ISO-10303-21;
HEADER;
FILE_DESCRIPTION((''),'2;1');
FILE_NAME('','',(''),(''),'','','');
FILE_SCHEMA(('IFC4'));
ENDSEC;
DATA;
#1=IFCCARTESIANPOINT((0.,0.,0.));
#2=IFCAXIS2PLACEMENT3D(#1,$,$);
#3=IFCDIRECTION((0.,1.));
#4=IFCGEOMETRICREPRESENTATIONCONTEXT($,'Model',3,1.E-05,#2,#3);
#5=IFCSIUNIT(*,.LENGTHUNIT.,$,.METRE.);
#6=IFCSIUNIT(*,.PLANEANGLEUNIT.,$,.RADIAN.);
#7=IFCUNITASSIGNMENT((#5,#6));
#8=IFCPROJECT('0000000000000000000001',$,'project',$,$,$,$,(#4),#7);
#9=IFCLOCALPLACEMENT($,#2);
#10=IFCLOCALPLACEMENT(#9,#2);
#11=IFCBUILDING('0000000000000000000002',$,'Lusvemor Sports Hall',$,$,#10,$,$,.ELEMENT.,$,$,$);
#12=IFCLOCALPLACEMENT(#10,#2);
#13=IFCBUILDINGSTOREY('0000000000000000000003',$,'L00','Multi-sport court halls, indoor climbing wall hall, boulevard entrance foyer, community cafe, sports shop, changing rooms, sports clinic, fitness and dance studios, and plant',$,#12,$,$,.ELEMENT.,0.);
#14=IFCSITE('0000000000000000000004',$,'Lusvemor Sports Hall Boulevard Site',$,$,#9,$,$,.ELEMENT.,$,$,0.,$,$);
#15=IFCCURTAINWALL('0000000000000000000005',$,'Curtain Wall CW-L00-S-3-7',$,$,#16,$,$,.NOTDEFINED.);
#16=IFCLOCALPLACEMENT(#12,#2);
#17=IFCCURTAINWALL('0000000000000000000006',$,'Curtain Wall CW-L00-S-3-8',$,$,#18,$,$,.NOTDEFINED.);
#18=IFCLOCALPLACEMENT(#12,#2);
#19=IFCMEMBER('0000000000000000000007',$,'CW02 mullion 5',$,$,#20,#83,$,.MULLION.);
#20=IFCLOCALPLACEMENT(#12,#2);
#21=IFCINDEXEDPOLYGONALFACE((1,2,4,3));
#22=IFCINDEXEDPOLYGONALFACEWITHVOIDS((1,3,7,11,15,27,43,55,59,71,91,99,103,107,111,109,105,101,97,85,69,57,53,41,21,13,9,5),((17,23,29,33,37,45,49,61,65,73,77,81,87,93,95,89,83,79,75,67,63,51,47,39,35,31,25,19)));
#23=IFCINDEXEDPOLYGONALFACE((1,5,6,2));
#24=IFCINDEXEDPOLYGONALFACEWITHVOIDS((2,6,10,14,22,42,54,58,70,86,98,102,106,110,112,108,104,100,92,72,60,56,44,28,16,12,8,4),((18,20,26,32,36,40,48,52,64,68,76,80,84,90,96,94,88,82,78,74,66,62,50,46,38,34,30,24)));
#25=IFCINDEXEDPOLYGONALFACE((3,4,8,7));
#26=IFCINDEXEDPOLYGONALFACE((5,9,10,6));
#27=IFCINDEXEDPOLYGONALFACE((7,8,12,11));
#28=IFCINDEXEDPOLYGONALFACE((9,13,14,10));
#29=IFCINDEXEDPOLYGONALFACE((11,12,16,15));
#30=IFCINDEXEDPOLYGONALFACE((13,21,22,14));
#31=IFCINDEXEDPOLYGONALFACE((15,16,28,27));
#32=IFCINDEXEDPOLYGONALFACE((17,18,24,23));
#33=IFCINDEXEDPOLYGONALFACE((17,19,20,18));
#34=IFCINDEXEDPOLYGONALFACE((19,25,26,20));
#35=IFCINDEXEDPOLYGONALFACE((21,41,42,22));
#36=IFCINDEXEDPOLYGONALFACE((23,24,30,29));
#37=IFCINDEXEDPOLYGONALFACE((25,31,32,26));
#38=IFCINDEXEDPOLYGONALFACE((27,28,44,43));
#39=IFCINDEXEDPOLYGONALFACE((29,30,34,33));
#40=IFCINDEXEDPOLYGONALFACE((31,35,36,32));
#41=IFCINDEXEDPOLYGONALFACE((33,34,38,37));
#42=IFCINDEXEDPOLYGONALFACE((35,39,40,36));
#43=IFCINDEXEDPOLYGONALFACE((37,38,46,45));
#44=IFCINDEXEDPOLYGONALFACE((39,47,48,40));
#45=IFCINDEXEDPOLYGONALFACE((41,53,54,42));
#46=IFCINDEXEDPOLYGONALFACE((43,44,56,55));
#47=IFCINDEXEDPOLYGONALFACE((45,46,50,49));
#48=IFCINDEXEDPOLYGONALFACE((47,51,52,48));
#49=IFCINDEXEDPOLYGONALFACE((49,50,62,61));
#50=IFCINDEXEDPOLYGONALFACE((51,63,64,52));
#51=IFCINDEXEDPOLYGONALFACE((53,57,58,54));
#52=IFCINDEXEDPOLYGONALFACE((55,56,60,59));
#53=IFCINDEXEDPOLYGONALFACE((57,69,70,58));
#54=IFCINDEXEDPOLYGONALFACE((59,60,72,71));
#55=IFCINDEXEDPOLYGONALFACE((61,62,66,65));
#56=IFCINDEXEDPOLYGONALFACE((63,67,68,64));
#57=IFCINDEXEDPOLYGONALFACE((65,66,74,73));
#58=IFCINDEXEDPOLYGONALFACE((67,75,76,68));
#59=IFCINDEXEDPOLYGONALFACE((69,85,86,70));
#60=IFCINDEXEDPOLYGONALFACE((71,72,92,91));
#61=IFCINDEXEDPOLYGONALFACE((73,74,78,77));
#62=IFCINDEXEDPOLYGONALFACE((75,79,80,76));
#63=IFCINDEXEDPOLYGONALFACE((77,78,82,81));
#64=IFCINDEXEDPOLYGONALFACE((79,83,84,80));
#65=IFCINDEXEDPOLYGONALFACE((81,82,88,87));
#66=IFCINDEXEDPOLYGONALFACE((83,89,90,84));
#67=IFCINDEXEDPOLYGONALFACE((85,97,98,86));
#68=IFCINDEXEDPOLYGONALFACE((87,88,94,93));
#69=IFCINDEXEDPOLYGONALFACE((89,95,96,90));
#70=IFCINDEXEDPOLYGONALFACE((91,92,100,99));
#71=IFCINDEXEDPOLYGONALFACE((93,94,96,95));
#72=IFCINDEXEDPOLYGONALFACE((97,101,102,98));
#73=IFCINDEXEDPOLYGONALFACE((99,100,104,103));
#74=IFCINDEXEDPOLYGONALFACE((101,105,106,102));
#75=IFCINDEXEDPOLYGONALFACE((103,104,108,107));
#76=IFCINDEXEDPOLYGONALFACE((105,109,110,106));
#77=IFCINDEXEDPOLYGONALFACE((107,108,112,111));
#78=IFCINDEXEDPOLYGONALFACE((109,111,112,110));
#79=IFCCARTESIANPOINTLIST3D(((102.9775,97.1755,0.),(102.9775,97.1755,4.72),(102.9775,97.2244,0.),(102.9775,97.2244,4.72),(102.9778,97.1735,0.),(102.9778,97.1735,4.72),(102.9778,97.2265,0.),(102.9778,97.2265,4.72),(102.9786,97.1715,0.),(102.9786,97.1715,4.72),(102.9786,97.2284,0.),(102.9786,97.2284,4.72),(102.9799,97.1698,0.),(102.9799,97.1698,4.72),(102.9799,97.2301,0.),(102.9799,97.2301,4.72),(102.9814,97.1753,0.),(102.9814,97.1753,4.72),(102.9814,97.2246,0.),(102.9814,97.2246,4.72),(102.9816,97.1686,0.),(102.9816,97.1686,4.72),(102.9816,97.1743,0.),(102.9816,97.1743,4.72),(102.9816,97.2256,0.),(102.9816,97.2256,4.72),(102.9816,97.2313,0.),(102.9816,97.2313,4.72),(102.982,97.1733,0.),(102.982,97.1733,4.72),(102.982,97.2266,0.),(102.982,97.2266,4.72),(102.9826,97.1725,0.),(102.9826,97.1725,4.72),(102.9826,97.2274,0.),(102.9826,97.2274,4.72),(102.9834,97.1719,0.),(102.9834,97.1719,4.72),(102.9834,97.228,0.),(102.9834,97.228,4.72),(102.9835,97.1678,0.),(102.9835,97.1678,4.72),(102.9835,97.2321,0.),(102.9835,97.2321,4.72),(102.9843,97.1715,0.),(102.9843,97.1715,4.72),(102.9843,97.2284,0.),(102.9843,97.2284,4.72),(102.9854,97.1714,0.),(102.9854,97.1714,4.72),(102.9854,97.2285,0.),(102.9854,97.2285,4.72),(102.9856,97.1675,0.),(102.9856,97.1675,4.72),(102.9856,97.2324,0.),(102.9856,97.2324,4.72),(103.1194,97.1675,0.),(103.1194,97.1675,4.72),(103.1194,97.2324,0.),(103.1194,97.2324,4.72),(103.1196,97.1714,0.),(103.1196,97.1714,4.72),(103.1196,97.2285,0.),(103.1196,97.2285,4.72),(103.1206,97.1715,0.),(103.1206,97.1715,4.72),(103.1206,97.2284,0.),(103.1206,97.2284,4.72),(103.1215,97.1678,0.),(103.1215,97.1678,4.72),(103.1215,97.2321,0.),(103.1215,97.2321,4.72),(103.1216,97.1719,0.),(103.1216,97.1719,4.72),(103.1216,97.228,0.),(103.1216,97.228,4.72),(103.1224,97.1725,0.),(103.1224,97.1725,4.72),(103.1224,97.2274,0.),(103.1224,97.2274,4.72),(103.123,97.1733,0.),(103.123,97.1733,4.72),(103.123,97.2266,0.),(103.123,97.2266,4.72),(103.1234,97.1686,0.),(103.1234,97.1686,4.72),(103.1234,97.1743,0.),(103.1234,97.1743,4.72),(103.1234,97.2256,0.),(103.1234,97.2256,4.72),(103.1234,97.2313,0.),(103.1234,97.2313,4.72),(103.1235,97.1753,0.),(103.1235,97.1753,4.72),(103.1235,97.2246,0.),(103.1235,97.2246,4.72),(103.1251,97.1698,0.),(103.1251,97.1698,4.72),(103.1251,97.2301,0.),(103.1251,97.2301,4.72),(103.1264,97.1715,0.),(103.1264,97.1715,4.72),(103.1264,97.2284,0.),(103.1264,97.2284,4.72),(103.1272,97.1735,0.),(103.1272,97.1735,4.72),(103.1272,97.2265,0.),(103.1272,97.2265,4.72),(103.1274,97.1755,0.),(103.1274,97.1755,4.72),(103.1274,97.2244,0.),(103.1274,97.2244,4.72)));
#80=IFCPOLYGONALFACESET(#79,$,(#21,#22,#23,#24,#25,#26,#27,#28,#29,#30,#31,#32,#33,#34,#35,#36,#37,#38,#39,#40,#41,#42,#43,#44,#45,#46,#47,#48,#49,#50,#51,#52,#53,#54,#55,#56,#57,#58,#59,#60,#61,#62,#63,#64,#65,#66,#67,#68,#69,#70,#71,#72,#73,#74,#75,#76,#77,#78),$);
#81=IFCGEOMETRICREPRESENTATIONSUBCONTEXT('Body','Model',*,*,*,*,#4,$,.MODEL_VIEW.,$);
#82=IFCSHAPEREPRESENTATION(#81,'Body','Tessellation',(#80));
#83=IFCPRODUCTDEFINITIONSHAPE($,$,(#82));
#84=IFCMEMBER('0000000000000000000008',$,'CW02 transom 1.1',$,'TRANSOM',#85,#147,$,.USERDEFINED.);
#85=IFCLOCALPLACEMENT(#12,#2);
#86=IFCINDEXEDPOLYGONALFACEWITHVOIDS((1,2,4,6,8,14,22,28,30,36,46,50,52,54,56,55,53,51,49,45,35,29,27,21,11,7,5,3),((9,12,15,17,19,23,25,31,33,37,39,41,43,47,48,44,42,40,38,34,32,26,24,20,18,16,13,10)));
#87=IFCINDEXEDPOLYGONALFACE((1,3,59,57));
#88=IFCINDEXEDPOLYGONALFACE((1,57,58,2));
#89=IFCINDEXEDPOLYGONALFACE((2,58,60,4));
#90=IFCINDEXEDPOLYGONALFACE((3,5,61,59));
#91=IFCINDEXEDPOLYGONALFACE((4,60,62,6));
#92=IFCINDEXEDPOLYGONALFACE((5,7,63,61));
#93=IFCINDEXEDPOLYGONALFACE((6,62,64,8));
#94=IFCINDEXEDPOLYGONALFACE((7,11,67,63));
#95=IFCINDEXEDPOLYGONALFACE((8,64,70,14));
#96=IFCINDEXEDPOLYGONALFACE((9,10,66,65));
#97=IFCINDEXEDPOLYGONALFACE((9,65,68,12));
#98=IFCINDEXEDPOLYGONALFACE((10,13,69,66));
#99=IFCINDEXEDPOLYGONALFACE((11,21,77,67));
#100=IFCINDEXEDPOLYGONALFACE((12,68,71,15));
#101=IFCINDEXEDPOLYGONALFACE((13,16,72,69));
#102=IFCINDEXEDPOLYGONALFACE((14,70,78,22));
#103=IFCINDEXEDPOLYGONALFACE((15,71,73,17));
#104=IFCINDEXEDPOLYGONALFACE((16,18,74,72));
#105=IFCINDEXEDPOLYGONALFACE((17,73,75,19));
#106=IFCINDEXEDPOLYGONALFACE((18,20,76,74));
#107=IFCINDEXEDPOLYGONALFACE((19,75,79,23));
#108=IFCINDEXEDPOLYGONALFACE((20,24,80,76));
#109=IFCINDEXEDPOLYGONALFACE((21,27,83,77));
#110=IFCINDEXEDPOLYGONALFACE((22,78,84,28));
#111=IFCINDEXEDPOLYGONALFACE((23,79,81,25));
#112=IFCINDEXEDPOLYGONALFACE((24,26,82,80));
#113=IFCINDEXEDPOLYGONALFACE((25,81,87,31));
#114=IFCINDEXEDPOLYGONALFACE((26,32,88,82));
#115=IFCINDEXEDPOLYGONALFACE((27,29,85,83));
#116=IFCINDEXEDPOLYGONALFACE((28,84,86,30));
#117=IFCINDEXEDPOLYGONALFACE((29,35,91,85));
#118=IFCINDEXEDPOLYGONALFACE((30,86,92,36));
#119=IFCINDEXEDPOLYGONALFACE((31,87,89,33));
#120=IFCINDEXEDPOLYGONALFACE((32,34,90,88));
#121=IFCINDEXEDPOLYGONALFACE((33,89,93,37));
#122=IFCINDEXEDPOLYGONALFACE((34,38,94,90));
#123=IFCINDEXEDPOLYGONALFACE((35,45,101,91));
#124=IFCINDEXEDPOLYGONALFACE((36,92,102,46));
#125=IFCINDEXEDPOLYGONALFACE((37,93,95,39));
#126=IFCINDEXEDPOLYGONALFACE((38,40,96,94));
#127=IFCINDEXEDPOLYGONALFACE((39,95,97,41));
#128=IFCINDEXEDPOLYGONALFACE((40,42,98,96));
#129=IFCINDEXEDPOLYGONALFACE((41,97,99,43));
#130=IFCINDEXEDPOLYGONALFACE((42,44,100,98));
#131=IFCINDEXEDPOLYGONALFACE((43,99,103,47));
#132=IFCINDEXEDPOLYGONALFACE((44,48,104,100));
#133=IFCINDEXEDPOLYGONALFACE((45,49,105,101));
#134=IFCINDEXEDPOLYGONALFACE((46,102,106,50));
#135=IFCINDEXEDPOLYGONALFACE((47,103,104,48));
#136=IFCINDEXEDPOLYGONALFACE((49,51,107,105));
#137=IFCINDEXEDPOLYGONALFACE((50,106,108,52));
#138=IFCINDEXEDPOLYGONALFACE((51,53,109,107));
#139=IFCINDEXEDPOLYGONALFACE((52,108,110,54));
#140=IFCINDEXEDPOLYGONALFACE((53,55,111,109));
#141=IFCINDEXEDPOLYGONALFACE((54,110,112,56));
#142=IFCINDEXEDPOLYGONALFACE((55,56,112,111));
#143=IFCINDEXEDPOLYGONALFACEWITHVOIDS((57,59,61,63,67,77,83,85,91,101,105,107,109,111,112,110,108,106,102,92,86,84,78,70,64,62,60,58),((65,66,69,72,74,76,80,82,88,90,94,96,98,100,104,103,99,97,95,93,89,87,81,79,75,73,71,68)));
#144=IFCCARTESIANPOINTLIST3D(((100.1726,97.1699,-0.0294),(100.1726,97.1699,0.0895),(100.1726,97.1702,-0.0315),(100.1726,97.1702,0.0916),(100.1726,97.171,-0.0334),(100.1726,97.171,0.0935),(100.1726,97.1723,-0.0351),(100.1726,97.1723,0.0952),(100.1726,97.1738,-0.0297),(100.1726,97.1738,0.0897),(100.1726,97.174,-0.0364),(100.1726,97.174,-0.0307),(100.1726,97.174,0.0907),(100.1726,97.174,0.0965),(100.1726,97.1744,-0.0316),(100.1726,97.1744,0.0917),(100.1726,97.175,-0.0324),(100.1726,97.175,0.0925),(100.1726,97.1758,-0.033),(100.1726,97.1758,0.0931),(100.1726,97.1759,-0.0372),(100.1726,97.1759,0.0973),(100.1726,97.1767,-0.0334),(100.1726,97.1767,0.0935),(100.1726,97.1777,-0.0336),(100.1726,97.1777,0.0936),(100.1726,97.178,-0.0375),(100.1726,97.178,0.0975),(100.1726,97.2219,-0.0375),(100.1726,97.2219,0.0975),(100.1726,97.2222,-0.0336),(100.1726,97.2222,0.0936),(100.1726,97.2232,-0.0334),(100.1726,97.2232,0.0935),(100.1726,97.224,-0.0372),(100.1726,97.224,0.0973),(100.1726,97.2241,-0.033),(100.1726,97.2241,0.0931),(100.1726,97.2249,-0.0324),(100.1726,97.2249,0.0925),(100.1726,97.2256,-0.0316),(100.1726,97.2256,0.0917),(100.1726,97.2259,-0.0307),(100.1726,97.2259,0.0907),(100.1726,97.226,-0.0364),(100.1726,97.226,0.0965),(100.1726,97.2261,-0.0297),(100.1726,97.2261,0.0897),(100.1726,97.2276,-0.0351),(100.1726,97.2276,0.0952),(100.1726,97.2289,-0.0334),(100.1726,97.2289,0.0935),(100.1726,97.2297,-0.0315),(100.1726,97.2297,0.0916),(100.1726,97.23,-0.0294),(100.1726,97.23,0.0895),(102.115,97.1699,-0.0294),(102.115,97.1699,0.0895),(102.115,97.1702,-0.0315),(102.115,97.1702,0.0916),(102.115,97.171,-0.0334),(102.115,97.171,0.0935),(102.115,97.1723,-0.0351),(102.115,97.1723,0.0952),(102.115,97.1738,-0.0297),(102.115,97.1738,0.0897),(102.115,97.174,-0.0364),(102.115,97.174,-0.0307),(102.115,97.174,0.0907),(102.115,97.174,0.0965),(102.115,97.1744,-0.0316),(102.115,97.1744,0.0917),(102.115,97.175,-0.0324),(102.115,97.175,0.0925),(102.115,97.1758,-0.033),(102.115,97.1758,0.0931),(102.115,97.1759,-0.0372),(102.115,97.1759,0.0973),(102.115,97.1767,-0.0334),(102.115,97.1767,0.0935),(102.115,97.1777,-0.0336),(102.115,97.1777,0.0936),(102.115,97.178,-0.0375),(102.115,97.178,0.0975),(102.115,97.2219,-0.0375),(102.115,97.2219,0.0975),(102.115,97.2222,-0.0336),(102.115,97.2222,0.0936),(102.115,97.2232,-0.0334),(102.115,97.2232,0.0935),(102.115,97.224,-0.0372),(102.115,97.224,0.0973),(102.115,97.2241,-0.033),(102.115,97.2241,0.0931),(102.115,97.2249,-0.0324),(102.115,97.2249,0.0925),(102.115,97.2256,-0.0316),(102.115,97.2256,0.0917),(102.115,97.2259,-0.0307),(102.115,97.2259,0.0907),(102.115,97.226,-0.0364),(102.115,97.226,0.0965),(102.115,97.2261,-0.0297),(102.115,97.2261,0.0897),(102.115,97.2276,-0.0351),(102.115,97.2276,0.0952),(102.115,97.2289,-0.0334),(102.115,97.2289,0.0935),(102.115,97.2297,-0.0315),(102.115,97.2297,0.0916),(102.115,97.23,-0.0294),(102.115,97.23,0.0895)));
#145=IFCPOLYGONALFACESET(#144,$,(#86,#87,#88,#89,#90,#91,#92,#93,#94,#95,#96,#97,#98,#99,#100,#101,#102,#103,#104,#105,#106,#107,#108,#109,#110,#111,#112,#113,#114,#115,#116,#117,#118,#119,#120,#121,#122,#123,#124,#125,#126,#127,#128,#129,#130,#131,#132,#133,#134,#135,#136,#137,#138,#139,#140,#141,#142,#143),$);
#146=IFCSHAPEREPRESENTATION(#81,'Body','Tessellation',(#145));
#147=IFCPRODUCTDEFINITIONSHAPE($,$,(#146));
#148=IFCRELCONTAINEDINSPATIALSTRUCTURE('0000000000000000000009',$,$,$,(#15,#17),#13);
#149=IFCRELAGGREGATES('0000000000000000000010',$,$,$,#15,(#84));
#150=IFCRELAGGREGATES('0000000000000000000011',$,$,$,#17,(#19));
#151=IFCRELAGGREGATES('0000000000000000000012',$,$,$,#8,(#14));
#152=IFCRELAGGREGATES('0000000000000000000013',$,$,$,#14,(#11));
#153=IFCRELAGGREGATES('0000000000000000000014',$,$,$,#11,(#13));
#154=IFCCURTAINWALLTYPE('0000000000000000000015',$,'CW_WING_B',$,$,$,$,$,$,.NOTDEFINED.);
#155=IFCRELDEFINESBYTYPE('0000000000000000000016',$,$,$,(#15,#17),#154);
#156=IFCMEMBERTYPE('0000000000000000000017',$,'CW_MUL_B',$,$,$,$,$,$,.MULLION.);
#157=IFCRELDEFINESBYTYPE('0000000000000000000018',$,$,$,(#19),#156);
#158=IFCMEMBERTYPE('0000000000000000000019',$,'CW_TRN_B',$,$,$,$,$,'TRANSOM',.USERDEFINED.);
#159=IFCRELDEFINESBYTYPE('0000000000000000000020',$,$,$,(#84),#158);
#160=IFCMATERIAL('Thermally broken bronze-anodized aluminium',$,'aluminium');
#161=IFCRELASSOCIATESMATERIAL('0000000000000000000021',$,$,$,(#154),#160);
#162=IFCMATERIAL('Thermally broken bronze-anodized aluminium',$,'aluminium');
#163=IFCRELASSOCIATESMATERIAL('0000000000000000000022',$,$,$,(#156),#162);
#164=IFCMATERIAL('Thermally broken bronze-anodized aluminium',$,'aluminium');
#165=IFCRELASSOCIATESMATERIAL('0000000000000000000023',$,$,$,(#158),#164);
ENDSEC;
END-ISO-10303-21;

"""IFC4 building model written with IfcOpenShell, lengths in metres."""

from ifc_helpers import new_model, si_unit, direction, frame, origin, origin_2d, place, context, subcontext, project, spatial, hollow_rectangle, extrude, material, material_profile, profile_set, type_object, element, aggregate, save


model = new_model("IFC4")

# Units and contexts
model_context = context("Model", 3, precision=1e-05, world=origin(), true_north=direction((0.0, 1.0)))
body_context = subcontext(model_context, "Body", "Model", "MODEL_VIEW")
ifc_project = project(units=[si_unit("LENGTHUNIT", "METRE"), si_unit("PLANEANGLEUNIT", "RADIAN")], contexts=[model_context])

# Site, building, storey
site_placement = place(None, origin())
site = spatial("IfcSite", under=ifc_project, at=site_placement, Name="Lusvemor Sports Hall Boulevard Site", CompositionType="ELEMENT", RefElevation=0.0)
building_placement = place(site_placement, origin())
building = spatial("IfcBuilding", under=site, at=building_placement, Name="Lusvemor Sports Hall", CompositionType="ELEMENT")
storey_placement = place(building_placement, origin())
storey = spatial("IfcBuildingStorey", under=building, at=storey_placement, Name="L00", Description="Multi-sport court halls, indoor climbing wall hall, boulevard entrance foyer, community cafe, sports shop, changing rooms, sports clinic, fitness and dance studios, and plant", CompositionType="ELEMENT", Elevation=0.0)

# Curtain walls, member
ifc_material_1 = material(Name="Thermally broken bronze-anodized aluminium", Category="aluminium")
curtain_wall_type = type_object("IfcCurtainWallType", Name="CW_WING_B", PredefinedType="NOTDEFINED", material=ifc_material_1)
curtain_wall_1_placement = place(storey_placement, origin())
curtain_wall_1 = element("IfcCurtainWall", 1, at=curtain_wall_1_placement, inside=storey, type_object=curtain_wall_type, Name="Curtain Wall CW-L00-S-3-7", PredefinedType="NOTDEFINED")
ifc_material_2 = material(Name="Thermally broken bronze-anodized aluminium", Category="aluminium")
ifc_material_profile_1 = material_profile(ifc_material_2, hollow_rectangle(XDim=0.0649, YDim=0.1499, WallThickness=0.0039, InnerFilletRadius=0.0039, OuterFilletRadius=0.0081, at=origin_2d()), Name="CWMUL150x65x4")
ifc_profile_set_1 = profile_set([ifc_material_profile_1], Name="Thermally broken bronze-anodized aluminium")
member_type_1 = type_object("IfcMemberType", Name="CW_MUL_B", PredefinedType="MULLION", material=ifc_profile_set_1)
curtain_wall_2_placement = place(storey_placement, origin())
curtain_wall_2 = element("IfcCurtainWall", 2, at=curtain_wall_2_placement, inside=storey, type_object=curtain_wall_type, Name="Curtain Wall CW-L00-S-3-8", PredefinedType="NOTDEFINED")
member_1_placement = place(storey_placement, frame((103.0525, 97.2, 0.0), z_axis=(0.0, 0.0, 1.0), x_axis=(0.0, -1.0, 0.0)))
member_1 = element("IfcMember", 3, at=member_1_placement, type_object=member_type_1, Name="CW02 mullion 5", PredefinedType="MULLION", context=body_context, shape_type="SweptSolid", body=[
    extrude(hollow_rectangle(XDim=0.0649, YDim=0.1499, WallThickness=0.0039, InnerFilletRadius=0.0039, OuterFilletRadius=0.0081, at=origin_2d()), origin(), (0.0, 0.0, 1.0), 4.72),
])

# Member
ifc_material_3 = material(Name="Thermally broken bronze-anodized aluminium", Category="aluminium")
ifc_material_profile_2 = material_profile(ifc_material_3, hollow_rectangle(XDim=0.0601, YDim=0.135, WallThickness=0.0039, InnerFilletRadius=0.0039, OuterFilletRadius=0.0081, at=origin_2d()), Name="CWTRN135x60x4")
ifc_profile_set_2 = profile_set([ifc_material_profile_2], Name="Thermally broken bronze-anodized aluminium")
member_type_2 = type_object("IfcMemberType", Name="CW_TRN_B", ElementType="TRANSOM", PredefinedType="USERDEFINED", material=ifc_profile_set_2)
member_2_placement = place(storey_placement, frame((102.115, 97.2, 0.03), z_axis=(-1.0, 0.0, 0.0), x_axis=(0.0, -1.0, 0.0)))
member_2 = element("IfcMember", 4, at=member_2_placement, type_object=member_type_2, Name="CW02 transom 1.1", ObjectType="TRANSOM", PredefinedType="USERDEFINED", context=body_context, shape_type="SweptSolid", body=[
    extrude(hollow_rectangle(XDim=0.0601, YDim=0.135, WallThickness=0.0039, InnerFilletRadius=0.0039, OuterFilletRadius=0.0081, at=origin_2d()), origin(), (0.0, 0.0, 1.0), 1.9424),
])

aggregate(curtain_wall_1, [member_2])
aggregate(curtain_wall_2, [member_1])

save(model, "model.ifc")
